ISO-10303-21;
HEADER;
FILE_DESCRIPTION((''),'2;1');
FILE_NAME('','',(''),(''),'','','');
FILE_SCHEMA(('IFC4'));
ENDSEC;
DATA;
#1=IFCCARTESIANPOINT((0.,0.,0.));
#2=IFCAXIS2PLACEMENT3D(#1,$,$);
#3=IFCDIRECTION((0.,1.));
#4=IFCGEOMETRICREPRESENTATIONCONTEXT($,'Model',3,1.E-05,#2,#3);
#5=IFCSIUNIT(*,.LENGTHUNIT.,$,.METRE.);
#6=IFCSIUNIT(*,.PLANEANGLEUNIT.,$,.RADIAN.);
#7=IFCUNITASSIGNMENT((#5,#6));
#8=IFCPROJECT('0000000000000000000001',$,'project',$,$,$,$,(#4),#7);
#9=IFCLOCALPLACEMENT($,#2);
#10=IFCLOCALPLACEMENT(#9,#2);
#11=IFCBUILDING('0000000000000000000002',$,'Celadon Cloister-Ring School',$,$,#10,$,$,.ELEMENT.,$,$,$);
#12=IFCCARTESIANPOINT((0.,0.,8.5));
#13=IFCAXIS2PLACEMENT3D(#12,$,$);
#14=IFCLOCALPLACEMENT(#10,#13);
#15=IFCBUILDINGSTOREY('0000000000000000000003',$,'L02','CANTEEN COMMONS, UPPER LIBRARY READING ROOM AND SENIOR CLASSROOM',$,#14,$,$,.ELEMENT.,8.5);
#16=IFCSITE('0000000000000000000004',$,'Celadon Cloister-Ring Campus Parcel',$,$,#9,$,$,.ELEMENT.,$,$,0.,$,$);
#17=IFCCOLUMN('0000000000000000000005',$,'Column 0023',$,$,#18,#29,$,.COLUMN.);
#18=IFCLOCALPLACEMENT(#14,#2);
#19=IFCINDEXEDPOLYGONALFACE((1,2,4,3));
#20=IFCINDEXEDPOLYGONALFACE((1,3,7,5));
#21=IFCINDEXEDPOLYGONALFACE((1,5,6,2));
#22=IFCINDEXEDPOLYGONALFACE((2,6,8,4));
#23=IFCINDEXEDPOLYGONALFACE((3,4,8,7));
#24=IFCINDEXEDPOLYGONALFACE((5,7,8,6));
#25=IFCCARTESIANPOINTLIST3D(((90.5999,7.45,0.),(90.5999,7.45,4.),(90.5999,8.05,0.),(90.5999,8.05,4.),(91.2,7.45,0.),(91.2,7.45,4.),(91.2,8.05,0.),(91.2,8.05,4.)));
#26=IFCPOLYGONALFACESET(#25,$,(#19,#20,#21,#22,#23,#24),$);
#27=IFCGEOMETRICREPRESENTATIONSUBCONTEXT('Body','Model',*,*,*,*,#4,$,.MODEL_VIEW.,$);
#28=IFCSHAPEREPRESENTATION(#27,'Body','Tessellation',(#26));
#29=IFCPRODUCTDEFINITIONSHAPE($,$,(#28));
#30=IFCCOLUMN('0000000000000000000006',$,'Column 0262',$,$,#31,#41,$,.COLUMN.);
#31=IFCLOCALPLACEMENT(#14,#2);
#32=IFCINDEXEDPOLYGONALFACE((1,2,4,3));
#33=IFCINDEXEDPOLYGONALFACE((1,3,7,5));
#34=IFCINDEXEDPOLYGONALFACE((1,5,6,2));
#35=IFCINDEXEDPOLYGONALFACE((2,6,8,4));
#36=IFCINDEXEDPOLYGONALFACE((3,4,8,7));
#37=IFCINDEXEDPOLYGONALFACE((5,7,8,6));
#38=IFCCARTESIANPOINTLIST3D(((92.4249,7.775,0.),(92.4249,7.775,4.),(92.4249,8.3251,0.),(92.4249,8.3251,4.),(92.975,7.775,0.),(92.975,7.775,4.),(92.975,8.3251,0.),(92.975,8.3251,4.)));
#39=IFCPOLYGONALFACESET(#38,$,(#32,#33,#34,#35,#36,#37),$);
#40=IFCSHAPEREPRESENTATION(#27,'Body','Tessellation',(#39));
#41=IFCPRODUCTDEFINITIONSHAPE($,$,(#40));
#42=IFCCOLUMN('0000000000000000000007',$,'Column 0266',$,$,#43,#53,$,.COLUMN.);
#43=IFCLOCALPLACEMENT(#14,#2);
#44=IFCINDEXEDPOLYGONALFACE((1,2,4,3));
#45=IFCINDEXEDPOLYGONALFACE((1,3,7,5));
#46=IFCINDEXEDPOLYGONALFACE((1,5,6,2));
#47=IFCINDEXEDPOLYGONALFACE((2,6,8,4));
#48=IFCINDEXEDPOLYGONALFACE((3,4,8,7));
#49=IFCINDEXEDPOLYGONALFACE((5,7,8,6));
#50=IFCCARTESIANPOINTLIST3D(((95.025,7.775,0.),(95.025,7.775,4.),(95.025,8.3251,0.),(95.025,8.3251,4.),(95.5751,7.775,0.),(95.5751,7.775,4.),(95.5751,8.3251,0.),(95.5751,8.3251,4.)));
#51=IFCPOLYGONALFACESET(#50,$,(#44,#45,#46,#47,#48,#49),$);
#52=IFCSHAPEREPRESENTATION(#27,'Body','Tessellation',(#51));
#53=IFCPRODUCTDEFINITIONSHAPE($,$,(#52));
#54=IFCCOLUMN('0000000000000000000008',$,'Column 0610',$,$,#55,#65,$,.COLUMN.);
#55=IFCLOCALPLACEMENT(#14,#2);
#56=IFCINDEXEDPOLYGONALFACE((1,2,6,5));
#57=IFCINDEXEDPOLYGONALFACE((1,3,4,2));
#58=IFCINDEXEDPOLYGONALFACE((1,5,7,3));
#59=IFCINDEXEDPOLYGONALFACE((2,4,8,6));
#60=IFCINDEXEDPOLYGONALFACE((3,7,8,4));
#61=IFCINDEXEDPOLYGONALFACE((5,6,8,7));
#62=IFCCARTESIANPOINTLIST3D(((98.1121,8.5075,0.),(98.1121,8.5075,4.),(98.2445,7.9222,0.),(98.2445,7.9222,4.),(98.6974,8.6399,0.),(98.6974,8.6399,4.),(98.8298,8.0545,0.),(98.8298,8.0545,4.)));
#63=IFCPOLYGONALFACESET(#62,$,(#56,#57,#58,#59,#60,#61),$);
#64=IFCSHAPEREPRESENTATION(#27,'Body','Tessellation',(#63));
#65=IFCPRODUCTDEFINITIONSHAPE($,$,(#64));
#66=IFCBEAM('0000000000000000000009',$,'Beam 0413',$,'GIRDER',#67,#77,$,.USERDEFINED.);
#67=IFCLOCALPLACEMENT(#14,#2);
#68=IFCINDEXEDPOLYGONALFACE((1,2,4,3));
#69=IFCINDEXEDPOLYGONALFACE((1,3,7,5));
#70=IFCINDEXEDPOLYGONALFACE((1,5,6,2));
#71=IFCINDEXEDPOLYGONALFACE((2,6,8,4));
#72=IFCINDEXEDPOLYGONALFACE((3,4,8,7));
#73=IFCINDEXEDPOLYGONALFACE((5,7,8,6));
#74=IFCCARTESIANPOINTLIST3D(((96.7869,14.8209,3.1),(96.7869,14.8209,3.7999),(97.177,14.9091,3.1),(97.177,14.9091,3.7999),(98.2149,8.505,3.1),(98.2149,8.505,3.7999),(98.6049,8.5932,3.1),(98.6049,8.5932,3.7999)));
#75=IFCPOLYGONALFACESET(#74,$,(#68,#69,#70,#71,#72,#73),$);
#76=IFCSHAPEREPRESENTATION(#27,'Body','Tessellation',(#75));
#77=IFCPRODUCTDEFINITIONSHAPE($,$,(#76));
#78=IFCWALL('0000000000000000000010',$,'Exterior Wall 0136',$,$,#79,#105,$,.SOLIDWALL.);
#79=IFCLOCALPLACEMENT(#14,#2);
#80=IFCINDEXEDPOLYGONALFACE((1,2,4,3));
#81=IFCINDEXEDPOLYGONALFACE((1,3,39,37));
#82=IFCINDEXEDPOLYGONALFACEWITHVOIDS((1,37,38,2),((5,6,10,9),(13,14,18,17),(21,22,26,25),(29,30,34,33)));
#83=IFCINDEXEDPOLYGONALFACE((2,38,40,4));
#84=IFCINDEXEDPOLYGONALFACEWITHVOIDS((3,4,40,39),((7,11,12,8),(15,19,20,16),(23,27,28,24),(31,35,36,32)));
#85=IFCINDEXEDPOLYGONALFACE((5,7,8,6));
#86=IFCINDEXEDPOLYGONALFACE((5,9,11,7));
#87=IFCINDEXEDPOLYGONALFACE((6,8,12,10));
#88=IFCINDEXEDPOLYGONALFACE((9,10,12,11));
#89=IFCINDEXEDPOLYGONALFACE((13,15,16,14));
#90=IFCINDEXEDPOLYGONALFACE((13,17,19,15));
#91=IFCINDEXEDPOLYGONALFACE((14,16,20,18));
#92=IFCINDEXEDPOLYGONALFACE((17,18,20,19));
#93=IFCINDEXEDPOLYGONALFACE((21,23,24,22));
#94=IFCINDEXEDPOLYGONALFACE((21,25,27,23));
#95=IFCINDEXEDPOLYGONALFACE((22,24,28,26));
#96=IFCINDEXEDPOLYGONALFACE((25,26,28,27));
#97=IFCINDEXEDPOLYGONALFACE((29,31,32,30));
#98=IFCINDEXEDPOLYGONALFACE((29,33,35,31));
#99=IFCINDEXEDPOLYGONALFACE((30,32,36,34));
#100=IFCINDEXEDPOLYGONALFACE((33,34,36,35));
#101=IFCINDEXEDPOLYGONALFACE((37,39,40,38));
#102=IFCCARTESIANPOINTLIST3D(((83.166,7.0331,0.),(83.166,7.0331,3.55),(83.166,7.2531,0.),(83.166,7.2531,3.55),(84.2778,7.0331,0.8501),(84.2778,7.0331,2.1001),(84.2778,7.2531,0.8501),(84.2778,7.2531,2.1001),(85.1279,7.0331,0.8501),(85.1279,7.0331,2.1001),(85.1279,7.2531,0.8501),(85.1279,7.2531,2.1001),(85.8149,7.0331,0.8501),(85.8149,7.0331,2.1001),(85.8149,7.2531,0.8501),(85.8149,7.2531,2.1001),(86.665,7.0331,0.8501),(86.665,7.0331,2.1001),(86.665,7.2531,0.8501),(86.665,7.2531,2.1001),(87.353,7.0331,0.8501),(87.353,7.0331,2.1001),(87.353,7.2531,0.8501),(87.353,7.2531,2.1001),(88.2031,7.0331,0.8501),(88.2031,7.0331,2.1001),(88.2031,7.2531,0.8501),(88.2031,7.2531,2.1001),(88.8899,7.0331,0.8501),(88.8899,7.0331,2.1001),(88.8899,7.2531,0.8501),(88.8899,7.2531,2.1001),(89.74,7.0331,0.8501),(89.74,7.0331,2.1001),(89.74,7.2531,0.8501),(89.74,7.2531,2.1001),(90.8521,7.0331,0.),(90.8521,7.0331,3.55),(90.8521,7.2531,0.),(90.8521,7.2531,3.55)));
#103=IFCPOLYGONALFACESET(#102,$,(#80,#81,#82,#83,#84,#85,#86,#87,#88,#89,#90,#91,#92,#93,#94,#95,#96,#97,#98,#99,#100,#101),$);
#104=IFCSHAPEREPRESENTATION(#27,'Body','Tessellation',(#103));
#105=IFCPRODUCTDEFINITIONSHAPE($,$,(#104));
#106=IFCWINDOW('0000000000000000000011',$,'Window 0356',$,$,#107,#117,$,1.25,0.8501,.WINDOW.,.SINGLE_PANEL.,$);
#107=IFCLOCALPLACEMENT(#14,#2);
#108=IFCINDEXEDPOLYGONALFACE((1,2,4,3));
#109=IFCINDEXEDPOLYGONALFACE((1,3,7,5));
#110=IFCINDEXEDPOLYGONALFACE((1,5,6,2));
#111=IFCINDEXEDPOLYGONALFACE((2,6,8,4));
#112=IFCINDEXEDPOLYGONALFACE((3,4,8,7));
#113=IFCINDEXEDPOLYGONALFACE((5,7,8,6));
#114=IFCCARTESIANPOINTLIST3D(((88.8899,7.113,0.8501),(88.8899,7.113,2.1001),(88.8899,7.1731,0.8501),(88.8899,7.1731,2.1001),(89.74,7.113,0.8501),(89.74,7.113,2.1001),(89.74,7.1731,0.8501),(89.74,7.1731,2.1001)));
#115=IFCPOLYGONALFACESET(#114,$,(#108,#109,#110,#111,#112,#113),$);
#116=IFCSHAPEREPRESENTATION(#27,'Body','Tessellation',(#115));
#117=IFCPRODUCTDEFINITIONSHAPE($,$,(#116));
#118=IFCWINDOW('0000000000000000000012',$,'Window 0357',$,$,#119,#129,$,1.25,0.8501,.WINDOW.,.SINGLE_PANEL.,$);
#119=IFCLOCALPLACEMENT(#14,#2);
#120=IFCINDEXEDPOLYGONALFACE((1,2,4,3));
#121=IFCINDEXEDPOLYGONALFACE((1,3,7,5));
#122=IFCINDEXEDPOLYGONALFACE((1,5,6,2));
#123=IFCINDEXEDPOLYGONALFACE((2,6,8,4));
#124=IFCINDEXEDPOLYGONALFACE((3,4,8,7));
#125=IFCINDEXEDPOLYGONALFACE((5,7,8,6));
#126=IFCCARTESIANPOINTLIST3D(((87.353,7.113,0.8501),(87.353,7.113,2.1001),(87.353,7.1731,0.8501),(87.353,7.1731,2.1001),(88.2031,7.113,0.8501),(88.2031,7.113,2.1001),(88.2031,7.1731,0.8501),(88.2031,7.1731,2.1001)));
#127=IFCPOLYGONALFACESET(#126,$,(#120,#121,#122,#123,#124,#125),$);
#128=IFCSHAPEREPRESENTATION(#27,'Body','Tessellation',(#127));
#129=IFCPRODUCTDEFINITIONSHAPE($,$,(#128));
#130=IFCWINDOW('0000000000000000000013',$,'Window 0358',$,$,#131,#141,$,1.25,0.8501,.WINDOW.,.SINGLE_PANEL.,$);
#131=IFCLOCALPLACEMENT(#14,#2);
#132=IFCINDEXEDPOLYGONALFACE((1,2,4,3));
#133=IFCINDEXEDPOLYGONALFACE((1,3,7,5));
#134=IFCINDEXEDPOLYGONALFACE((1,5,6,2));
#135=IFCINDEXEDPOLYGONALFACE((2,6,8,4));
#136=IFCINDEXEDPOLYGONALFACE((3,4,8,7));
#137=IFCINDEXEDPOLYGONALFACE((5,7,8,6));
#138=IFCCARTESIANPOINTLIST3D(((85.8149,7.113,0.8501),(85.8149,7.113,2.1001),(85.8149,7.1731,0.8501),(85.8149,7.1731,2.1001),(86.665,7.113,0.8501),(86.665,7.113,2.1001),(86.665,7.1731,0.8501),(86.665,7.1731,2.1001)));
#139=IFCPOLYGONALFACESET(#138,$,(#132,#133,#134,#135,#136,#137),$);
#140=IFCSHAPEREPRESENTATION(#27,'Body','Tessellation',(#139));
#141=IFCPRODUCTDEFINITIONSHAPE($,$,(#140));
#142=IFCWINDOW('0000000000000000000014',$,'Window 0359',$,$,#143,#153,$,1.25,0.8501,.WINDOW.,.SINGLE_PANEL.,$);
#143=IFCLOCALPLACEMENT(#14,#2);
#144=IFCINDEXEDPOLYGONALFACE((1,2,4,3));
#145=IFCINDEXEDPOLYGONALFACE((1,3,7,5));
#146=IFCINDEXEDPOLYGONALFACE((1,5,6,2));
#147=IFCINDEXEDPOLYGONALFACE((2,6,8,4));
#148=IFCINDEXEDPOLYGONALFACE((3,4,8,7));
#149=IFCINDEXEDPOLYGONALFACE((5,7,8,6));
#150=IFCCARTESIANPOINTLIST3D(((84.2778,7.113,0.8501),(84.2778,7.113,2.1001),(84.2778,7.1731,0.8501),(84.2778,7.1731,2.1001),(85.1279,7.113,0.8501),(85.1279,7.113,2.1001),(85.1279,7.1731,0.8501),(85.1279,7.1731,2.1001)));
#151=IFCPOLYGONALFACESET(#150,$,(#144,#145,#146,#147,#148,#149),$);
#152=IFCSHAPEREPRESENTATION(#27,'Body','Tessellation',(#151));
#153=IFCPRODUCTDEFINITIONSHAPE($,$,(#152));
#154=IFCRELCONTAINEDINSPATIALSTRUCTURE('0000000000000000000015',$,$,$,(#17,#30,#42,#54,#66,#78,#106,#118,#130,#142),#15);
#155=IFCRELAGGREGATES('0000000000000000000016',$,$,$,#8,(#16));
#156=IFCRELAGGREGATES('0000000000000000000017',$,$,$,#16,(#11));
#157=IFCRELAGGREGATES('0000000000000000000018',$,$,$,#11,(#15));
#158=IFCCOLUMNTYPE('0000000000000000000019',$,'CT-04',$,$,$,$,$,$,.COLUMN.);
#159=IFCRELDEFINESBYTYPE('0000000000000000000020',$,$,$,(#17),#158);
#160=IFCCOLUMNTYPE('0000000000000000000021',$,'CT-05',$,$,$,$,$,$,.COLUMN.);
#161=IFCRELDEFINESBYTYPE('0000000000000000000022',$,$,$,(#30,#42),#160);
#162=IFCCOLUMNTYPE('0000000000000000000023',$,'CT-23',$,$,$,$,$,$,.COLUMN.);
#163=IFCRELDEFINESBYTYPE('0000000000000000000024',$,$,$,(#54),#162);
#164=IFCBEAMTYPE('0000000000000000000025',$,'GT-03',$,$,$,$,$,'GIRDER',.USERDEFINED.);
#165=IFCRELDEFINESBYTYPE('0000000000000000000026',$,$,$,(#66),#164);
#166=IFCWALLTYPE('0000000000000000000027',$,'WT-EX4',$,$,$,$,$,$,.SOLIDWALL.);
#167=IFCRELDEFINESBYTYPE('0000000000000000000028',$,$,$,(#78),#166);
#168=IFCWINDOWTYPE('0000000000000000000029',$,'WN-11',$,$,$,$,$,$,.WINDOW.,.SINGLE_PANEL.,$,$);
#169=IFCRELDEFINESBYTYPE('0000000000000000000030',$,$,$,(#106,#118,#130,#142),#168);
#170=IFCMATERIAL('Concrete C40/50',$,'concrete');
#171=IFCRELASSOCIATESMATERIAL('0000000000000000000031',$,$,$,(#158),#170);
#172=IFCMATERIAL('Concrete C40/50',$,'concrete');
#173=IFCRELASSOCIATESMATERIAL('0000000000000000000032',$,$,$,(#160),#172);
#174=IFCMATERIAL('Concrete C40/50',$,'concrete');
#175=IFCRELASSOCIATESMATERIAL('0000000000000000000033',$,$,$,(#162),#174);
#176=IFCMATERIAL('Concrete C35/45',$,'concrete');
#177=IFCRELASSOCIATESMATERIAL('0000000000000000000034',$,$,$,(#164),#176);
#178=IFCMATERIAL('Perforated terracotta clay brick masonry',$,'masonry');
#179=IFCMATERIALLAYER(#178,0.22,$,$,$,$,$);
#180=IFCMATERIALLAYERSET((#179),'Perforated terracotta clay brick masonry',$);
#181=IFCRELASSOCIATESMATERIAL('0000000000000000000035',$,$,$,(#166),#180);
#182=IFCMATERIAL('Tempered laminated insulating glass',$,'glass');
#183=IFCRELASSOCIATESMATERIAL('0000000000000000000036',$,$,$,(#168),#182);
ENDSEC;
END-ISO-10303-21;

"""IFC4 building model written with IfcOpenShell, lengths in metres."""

from ifc_helpers import new_model, si_unit, direction, frame, frame_2d, origin, origin_2d, place, context, subcontext, project, spatial, rectangle, extrude, material, layer, layer_set, material_profile, profile_set, type_object, element, fill, save


model = new_model("IFC4")

# Units and contexts
model_context = context("Model", 3, precision=1e-05, world=origin(), true_north=direction((0.0, 1.0)))
body_context = subcontext(model_context, "Body", "Model", "MODEL_VIEW")
ifc_project = project(units=[si_unit("LENGTHUNIT", "METRE"), si_unit("PLANEANGLEUNIT", "RADIAN")], contexts=[model_context])

# Site, building, storey
site_placement = place(None, origin())
site = spatial("IfcSite", under=ifc_project, at=site_placement, Name="Celadon Cloister-Ring Campus Parcel", CompositionType="ELEMENT", RefElevation=0.0)
building_placement = place(site_placement, origin())
building = spatial("IfcBuilding", under=site, at=building_placement, Name="Celadon Cloister-Ring School", CompositionType="ELEMENT")
storey_placement = place(building_placement, frame((0.0, 0.0, 8.5)))
storey = spatial("IfcBuildingStorey", under=building, at=storey_placement, Name="L02", Description="CANTEEN COMMONS, UPPER LIBRARY READING ROOM AND SENIOR CLASSROOM", CompositionType="ELEMENT", Elevation=8.5)

# Columns
ifc_material_1 = material(Name="Concrete C40/50", Category="concrete")
ifc_material_profile_1 = material_profile(ifc_material_1, rectangle(XDim=0.6001, YDim=0.6001, at=origin_2d()), Name="RC600X600")
ifc_profile_set_1 = profile_set([ifc_material_profile_1], Name="Concrete C40/50")
column_type_1 = type_object("IfcColumnType", Name="CT-04", PredefinedType="COLUMN", material=ifc_profile_set_1)
column_1_placement = place(storey_placement, frame((90.8999, 7.75, 0.0), z_axis=(0.0, 0.0, 1.0), x_axis=(1.0, 0.0, 0.0)))
element("IfcColumn", 1, at=column_1_placement, inside=storey, type_object=column_type_1, Name="Column 0023", PredefinedType="COLUMN", context=body_context, shape_type="SweptSolid", body=[
    extrude(rectangle(XDim=0.6001, YDim=0.6001, at=origin_2d()), origin(), (0.0, 0.0, 1.0), 4.0),
])
ifc_material_2 = material(Name="Concrete C40/50", Category="concrete")
ifc_material_profile_2 = material_profile(ifc_material_2, rectangle(XDim=0.55, YDim=0.55, at=origin_2d()), Name="RC550X550")
ifc_profile_set_2 = profile_set([ifc_material_profile_2], Name="Concrete C40/50")
column_type_2 = type_object("IfcColumnType", Name="CT-05", PredefinedType="COLUMN", material=ifc_profile_set_2)
for number, where, z_axis, x_axis, name in (
    (2, (92.7, 8.05, 0.0), (0.0, 0.0, 1.0), (1.0, 0.0, 0.0), "Column 0262"),
    (3, (95.3, 8.05, 0.0), (0.0, 0.0, 1.0), (1.0, 0.0, 0.0), "Column 0266"),
):
    element("IfcColumn", number, at=place(storey_placement, frame(where, z_axis=z_axis, x_axis=x_axis)), inside=storey, type_object=column_type_2, Name=name, PredefinedType="COLUMN", context=body_context, shape_type="SweptSolid", body=[
        extrude(rectangle(XDim=0.55, YDim=0.55, at=origin_2d()), origin(), (0.0, 0.0, 1.0), 4.0),
    ])
ifc_material_3 = material(Name="Concrete C40/50", Category="concrete")
ifc_material_profile_3 = material_profile(ifc_material_3, rectangle(XDim=0.6001, YDim=0.6001, at=origin_2d()), Name="RC600X600")
ifc_profile_set_3 = profile_set([ifc_material_profile_3], Name="Concrete C40/50")
column_type_3 = type_object("IfcColumnType", Name="CT-23", PredefinedType="COLUMN", material=ifc_profile_set_3)
column_2_placement = place(storey_placement, frame((98.4709, 8.281, 0.0), z_axis=(0.0, 0.0, 1.0), x_axis=(0.220595, -0.975365, 0.0)))
element("IfcColumn", 4, at=column_2_placement, inside=storey, type_object=column_type_3, Name="Column 0610", PredefinedType="COLUMN", context=body_context, shape_type="SweptSolid", body=[
    extrude(rectangle(XDim=0.6001, YDim=0.6001, at=origin_2d()), origin(), (0.0, 0.0, 1.0), 4.0),
])

# Beam
ifc_material_4 = material(Name="Concrete C35/45", Category="concrete")
ifc_material_profile_4 = material_profile(ifc_material_4, rectangle(XDim=0.3999, YDim=0.7, at=origin_2d()), Name="RC400X700")
ifc_profile_set_4 = profile_set([ifc_material_profile_4], Name="Concrete C35/45")
beam_type = type_object("IfcBeamType", Name="GT-03", ElementType="GIRDER", PredefinedType="USERDEFINED", material=ifc_profile_set_4)
beam_placement = place(storey_placement, frame((98.4099, 8.5491, 3.45), z_axis=(-0.220526, 0.975381, 0.0), x_axis=(-0.975381, -0.220526, 0.0)))
element("IfcBeam", 5, at=beam_placement, inside=storey, type_object=beam_type, Name="Beam 0413", ObjectType="GIRDER", PredefinedType="USERDEFINED", context=body_context, shape_type="SweptSolid", body=[
    extrude(rectangle(XDim=0.3999, YDim=0.7, at=origin_2d()), origin(), (0.0, 0.0, 1.0), 6.4753),
])

# Wall, openings, windows
ifc_material_5 = material(Name="Perforated terracotta clay brick masonry", Category="masonry")
ifc_layer_1 = layer(ifc_material_5, 0.22)
ifc_layer_set_1 = layer_set([ifc_layer_1], Name="Perforated terracotta clay brick masonry")
wall_type_1 = type_object("IfcWallType", Name="WT-EX4", PredefinedType="SOLIDWALL", material=ifc_layer_set_1)
wall_1_placement = place(storey_placement, frame((90.8521, 7.1431, 0.0), z_axis=(0.0, 0.0, 1.0), x_axis=(-1.0, 0.0, 0.0)))
wall_1 = element("IfcWall", 6, at=wall_1_placement, inside=storey, type_object=wall_type_1, Name="Exterior Wall 0136", PredefinedType="SOLIDWALL", context=body_context, shape_type="SweptSolid", body=[
    extrude(rectangle(XDim=7.686, YDim=0.22, at=frame_2d((3.843, 0.0))), origin(), (0.0, 0.0, 1.0), 3.55),
])
opening_1_placement = place(wall_1_placement, frame((1.1121, 0.0, 0.8501)))
opening_1 = element("IfcOpeningElement", 7, at=opening_1_placement, cuts=wall_1, PredefinedType="OPENING", context=body_context, shape_type="SweptSolid", body=[
    extrude(rectangle(XDim=0.8501, YDim=1.25, at=frame_2d((0.425, 0.625))), frame((0.0, 0.1201, 0.0), z_axis=(0.0, -1.0, 0.0), x_axis=(1.0, 0.0, 0.0)), (0.0, 0.0, 1.0), 0.24),
])
opening_2_placement = place(wall_1_placement, frame((2.6489, 0.0, 0.8501)))
opening_2 = element("IfcOpeningElement", 8, at=opening_2_placement, cuts=wall_1, PredefinedType="OPENING", context=body_context, shape_type="SweptSolid", body=[
    extrude(rectangle(XDim=0.8501, YDim=1.25, at=frame_2d((0.425, 0.625))), frame((0.0, 0.1201, 0.0), z_axis=(0.0, -1.0, 0.0), x_axis=(1.0, 0.0, 0.0)), (0.0, 0.0, 1.0), 0.24),
])
opening_3_placement = place(wall_1_placement, frame((4.187, 0.0, 0.8501)))
opening_3 = element("IfcOpeningElement", 9, at=opening_3_placement, cuts=wall_1, PredefinedType="OPENING", context=body_context, shape_type="SweptSolid", body=[
    extrude(rectangle(XDim=0.8501, YDim=1.25, at=frame_2d((0.425, 0.625))), frame((0.0, 0.1201, 0.0), z_axis=(0.0, -1.0, 0.0), x_axis=(1.0, 0.0, 0.0)), (0.0, 0.0, 1.0), 0.24),
])
opening_4_placement = place(wall_1_placement, frame((5.7241, 0.0, 0.8501)))
opening_4 = element("IfcOpeningElement", 10, at=opening_4_placement, cuts=wall_1, PredefinedType="OPENING", context=body_context, shape_type="SweptSolid", body=[
    extrude(rectangle(XDim=0.8501, YDim=1.25, at=frame_2d((0.425, 0.625))), frame((0.0, 0.1201, 0.0), z_axis=(0.0, -1.0, 0.0), x_axis=(1.0, 0.0, 0.0)), (0.0, 0.0, 1.0), 0.24),
])
ifc_material_6 = material(Name="Tempered laminated insulating glass", Category="glass")
window_type = type_object("IfcWindowType", Name="WN-11", PartitioningType="SINGLE_PANEL", PredefinedType="WINDOW", material=ifc_material_6)
window_1_placement = place(opening_1_placement, origin())
window_1 = element("IfcWindow", 11, at=window_1_placement, inside=storey, type_object=window_type, Name="Window 0356", OverallHeight=1.25, OverallWidth=0.8501, PartitioningType="SINGLE_PANEL", PredefinedType="WINDOW", context=body_context, shape_type="SweptSolid", body=[
    extrude(rectangle(XDim=0.8501, YDim=1.25, at=frame_2d((0.425, 0.625))), frame((0.0, 0.03, 0.0), z_axis=(0.0, -1.0, 0.0), x_axis=(1.0, 0.0, 0.0)), (0.0, 0.0, 1.0), 0.0601),
])
fill(opening_1, window_1)
window_2_placement = place(opening_2_placement, origin())
window_2 = element("IfcWindow", 12, at=window_2_placement, inside=storey, type_object=window_type, Name="Window 0357", OverallHeight=1.25, OverallWidth=0.8501, PartitioningType="SINGLE_PANEL", PredefinedType="WINDOW", context=body_context, shape_type="SweptSolid", body=[
    extrude(rectangle(XDim=0.8501, YDim=1.25, at=frame_2d((0.425, 0.625))), frame((0.0, 0.03, 0.0), z_axis=(0.0, -1.0, 0.0), x_axis=(1.0, 0.0, 0.0)), (0.0, 0.0, 1.0), 0.0601),
])
fill(opening_2, window_2)
window_3_placement = place(opening_3_placement, origin())
window_3 = element("IfcWindow", 13, at=window_3_placement, inside=storey, type_object=window_type, Name="Window 0358", OverallHeight=1.25, OverallWidth=0.8501, PartitioningType="SINGLE_PANEL", PredefinedType="WINDOW", context=body_context, shape_type="SweptSolid", body=[
    extrude(rectangle(XDim=0.8501, YDim=1.25, at=frame_2d((0.425, 0.625))), frame((0.0, 0.03, 0.0), z_axis=(0.0, -1.0, 0.0), x_axis=(1.0, 0.0, 0.0)), (0.0, 0.0, 1.0), 0.0601),
])
fill(opening_3, window_3)
window_4_placement = place(opening_4_placement, origin())
window_4 = element("IfcWindow", 14, at=window_4_placement, inside=storey, type_object=window_type, Name="Window 0359", OverallHeight=1.25, OverallWidth=0.8501, PartitioningType="SINGLE_PANEL", PredefinedType="WINDOW", context=body_context, shape_type="SweptSolid", body=[
    extrude(rectangle(XDim=0.8501, YDim=1.25, at=frame_2d((0.425, 0.625))), frame((0.0, 0.03, 0.0), z_axis=(0.0, -1.0, 0.0), x_axis=(1.0, 0.0, 0.0)), (0.0, 0.0, 1.0), 0.0601),
])
fill(opening_4, window_4)

save(model, "model.ifc")
